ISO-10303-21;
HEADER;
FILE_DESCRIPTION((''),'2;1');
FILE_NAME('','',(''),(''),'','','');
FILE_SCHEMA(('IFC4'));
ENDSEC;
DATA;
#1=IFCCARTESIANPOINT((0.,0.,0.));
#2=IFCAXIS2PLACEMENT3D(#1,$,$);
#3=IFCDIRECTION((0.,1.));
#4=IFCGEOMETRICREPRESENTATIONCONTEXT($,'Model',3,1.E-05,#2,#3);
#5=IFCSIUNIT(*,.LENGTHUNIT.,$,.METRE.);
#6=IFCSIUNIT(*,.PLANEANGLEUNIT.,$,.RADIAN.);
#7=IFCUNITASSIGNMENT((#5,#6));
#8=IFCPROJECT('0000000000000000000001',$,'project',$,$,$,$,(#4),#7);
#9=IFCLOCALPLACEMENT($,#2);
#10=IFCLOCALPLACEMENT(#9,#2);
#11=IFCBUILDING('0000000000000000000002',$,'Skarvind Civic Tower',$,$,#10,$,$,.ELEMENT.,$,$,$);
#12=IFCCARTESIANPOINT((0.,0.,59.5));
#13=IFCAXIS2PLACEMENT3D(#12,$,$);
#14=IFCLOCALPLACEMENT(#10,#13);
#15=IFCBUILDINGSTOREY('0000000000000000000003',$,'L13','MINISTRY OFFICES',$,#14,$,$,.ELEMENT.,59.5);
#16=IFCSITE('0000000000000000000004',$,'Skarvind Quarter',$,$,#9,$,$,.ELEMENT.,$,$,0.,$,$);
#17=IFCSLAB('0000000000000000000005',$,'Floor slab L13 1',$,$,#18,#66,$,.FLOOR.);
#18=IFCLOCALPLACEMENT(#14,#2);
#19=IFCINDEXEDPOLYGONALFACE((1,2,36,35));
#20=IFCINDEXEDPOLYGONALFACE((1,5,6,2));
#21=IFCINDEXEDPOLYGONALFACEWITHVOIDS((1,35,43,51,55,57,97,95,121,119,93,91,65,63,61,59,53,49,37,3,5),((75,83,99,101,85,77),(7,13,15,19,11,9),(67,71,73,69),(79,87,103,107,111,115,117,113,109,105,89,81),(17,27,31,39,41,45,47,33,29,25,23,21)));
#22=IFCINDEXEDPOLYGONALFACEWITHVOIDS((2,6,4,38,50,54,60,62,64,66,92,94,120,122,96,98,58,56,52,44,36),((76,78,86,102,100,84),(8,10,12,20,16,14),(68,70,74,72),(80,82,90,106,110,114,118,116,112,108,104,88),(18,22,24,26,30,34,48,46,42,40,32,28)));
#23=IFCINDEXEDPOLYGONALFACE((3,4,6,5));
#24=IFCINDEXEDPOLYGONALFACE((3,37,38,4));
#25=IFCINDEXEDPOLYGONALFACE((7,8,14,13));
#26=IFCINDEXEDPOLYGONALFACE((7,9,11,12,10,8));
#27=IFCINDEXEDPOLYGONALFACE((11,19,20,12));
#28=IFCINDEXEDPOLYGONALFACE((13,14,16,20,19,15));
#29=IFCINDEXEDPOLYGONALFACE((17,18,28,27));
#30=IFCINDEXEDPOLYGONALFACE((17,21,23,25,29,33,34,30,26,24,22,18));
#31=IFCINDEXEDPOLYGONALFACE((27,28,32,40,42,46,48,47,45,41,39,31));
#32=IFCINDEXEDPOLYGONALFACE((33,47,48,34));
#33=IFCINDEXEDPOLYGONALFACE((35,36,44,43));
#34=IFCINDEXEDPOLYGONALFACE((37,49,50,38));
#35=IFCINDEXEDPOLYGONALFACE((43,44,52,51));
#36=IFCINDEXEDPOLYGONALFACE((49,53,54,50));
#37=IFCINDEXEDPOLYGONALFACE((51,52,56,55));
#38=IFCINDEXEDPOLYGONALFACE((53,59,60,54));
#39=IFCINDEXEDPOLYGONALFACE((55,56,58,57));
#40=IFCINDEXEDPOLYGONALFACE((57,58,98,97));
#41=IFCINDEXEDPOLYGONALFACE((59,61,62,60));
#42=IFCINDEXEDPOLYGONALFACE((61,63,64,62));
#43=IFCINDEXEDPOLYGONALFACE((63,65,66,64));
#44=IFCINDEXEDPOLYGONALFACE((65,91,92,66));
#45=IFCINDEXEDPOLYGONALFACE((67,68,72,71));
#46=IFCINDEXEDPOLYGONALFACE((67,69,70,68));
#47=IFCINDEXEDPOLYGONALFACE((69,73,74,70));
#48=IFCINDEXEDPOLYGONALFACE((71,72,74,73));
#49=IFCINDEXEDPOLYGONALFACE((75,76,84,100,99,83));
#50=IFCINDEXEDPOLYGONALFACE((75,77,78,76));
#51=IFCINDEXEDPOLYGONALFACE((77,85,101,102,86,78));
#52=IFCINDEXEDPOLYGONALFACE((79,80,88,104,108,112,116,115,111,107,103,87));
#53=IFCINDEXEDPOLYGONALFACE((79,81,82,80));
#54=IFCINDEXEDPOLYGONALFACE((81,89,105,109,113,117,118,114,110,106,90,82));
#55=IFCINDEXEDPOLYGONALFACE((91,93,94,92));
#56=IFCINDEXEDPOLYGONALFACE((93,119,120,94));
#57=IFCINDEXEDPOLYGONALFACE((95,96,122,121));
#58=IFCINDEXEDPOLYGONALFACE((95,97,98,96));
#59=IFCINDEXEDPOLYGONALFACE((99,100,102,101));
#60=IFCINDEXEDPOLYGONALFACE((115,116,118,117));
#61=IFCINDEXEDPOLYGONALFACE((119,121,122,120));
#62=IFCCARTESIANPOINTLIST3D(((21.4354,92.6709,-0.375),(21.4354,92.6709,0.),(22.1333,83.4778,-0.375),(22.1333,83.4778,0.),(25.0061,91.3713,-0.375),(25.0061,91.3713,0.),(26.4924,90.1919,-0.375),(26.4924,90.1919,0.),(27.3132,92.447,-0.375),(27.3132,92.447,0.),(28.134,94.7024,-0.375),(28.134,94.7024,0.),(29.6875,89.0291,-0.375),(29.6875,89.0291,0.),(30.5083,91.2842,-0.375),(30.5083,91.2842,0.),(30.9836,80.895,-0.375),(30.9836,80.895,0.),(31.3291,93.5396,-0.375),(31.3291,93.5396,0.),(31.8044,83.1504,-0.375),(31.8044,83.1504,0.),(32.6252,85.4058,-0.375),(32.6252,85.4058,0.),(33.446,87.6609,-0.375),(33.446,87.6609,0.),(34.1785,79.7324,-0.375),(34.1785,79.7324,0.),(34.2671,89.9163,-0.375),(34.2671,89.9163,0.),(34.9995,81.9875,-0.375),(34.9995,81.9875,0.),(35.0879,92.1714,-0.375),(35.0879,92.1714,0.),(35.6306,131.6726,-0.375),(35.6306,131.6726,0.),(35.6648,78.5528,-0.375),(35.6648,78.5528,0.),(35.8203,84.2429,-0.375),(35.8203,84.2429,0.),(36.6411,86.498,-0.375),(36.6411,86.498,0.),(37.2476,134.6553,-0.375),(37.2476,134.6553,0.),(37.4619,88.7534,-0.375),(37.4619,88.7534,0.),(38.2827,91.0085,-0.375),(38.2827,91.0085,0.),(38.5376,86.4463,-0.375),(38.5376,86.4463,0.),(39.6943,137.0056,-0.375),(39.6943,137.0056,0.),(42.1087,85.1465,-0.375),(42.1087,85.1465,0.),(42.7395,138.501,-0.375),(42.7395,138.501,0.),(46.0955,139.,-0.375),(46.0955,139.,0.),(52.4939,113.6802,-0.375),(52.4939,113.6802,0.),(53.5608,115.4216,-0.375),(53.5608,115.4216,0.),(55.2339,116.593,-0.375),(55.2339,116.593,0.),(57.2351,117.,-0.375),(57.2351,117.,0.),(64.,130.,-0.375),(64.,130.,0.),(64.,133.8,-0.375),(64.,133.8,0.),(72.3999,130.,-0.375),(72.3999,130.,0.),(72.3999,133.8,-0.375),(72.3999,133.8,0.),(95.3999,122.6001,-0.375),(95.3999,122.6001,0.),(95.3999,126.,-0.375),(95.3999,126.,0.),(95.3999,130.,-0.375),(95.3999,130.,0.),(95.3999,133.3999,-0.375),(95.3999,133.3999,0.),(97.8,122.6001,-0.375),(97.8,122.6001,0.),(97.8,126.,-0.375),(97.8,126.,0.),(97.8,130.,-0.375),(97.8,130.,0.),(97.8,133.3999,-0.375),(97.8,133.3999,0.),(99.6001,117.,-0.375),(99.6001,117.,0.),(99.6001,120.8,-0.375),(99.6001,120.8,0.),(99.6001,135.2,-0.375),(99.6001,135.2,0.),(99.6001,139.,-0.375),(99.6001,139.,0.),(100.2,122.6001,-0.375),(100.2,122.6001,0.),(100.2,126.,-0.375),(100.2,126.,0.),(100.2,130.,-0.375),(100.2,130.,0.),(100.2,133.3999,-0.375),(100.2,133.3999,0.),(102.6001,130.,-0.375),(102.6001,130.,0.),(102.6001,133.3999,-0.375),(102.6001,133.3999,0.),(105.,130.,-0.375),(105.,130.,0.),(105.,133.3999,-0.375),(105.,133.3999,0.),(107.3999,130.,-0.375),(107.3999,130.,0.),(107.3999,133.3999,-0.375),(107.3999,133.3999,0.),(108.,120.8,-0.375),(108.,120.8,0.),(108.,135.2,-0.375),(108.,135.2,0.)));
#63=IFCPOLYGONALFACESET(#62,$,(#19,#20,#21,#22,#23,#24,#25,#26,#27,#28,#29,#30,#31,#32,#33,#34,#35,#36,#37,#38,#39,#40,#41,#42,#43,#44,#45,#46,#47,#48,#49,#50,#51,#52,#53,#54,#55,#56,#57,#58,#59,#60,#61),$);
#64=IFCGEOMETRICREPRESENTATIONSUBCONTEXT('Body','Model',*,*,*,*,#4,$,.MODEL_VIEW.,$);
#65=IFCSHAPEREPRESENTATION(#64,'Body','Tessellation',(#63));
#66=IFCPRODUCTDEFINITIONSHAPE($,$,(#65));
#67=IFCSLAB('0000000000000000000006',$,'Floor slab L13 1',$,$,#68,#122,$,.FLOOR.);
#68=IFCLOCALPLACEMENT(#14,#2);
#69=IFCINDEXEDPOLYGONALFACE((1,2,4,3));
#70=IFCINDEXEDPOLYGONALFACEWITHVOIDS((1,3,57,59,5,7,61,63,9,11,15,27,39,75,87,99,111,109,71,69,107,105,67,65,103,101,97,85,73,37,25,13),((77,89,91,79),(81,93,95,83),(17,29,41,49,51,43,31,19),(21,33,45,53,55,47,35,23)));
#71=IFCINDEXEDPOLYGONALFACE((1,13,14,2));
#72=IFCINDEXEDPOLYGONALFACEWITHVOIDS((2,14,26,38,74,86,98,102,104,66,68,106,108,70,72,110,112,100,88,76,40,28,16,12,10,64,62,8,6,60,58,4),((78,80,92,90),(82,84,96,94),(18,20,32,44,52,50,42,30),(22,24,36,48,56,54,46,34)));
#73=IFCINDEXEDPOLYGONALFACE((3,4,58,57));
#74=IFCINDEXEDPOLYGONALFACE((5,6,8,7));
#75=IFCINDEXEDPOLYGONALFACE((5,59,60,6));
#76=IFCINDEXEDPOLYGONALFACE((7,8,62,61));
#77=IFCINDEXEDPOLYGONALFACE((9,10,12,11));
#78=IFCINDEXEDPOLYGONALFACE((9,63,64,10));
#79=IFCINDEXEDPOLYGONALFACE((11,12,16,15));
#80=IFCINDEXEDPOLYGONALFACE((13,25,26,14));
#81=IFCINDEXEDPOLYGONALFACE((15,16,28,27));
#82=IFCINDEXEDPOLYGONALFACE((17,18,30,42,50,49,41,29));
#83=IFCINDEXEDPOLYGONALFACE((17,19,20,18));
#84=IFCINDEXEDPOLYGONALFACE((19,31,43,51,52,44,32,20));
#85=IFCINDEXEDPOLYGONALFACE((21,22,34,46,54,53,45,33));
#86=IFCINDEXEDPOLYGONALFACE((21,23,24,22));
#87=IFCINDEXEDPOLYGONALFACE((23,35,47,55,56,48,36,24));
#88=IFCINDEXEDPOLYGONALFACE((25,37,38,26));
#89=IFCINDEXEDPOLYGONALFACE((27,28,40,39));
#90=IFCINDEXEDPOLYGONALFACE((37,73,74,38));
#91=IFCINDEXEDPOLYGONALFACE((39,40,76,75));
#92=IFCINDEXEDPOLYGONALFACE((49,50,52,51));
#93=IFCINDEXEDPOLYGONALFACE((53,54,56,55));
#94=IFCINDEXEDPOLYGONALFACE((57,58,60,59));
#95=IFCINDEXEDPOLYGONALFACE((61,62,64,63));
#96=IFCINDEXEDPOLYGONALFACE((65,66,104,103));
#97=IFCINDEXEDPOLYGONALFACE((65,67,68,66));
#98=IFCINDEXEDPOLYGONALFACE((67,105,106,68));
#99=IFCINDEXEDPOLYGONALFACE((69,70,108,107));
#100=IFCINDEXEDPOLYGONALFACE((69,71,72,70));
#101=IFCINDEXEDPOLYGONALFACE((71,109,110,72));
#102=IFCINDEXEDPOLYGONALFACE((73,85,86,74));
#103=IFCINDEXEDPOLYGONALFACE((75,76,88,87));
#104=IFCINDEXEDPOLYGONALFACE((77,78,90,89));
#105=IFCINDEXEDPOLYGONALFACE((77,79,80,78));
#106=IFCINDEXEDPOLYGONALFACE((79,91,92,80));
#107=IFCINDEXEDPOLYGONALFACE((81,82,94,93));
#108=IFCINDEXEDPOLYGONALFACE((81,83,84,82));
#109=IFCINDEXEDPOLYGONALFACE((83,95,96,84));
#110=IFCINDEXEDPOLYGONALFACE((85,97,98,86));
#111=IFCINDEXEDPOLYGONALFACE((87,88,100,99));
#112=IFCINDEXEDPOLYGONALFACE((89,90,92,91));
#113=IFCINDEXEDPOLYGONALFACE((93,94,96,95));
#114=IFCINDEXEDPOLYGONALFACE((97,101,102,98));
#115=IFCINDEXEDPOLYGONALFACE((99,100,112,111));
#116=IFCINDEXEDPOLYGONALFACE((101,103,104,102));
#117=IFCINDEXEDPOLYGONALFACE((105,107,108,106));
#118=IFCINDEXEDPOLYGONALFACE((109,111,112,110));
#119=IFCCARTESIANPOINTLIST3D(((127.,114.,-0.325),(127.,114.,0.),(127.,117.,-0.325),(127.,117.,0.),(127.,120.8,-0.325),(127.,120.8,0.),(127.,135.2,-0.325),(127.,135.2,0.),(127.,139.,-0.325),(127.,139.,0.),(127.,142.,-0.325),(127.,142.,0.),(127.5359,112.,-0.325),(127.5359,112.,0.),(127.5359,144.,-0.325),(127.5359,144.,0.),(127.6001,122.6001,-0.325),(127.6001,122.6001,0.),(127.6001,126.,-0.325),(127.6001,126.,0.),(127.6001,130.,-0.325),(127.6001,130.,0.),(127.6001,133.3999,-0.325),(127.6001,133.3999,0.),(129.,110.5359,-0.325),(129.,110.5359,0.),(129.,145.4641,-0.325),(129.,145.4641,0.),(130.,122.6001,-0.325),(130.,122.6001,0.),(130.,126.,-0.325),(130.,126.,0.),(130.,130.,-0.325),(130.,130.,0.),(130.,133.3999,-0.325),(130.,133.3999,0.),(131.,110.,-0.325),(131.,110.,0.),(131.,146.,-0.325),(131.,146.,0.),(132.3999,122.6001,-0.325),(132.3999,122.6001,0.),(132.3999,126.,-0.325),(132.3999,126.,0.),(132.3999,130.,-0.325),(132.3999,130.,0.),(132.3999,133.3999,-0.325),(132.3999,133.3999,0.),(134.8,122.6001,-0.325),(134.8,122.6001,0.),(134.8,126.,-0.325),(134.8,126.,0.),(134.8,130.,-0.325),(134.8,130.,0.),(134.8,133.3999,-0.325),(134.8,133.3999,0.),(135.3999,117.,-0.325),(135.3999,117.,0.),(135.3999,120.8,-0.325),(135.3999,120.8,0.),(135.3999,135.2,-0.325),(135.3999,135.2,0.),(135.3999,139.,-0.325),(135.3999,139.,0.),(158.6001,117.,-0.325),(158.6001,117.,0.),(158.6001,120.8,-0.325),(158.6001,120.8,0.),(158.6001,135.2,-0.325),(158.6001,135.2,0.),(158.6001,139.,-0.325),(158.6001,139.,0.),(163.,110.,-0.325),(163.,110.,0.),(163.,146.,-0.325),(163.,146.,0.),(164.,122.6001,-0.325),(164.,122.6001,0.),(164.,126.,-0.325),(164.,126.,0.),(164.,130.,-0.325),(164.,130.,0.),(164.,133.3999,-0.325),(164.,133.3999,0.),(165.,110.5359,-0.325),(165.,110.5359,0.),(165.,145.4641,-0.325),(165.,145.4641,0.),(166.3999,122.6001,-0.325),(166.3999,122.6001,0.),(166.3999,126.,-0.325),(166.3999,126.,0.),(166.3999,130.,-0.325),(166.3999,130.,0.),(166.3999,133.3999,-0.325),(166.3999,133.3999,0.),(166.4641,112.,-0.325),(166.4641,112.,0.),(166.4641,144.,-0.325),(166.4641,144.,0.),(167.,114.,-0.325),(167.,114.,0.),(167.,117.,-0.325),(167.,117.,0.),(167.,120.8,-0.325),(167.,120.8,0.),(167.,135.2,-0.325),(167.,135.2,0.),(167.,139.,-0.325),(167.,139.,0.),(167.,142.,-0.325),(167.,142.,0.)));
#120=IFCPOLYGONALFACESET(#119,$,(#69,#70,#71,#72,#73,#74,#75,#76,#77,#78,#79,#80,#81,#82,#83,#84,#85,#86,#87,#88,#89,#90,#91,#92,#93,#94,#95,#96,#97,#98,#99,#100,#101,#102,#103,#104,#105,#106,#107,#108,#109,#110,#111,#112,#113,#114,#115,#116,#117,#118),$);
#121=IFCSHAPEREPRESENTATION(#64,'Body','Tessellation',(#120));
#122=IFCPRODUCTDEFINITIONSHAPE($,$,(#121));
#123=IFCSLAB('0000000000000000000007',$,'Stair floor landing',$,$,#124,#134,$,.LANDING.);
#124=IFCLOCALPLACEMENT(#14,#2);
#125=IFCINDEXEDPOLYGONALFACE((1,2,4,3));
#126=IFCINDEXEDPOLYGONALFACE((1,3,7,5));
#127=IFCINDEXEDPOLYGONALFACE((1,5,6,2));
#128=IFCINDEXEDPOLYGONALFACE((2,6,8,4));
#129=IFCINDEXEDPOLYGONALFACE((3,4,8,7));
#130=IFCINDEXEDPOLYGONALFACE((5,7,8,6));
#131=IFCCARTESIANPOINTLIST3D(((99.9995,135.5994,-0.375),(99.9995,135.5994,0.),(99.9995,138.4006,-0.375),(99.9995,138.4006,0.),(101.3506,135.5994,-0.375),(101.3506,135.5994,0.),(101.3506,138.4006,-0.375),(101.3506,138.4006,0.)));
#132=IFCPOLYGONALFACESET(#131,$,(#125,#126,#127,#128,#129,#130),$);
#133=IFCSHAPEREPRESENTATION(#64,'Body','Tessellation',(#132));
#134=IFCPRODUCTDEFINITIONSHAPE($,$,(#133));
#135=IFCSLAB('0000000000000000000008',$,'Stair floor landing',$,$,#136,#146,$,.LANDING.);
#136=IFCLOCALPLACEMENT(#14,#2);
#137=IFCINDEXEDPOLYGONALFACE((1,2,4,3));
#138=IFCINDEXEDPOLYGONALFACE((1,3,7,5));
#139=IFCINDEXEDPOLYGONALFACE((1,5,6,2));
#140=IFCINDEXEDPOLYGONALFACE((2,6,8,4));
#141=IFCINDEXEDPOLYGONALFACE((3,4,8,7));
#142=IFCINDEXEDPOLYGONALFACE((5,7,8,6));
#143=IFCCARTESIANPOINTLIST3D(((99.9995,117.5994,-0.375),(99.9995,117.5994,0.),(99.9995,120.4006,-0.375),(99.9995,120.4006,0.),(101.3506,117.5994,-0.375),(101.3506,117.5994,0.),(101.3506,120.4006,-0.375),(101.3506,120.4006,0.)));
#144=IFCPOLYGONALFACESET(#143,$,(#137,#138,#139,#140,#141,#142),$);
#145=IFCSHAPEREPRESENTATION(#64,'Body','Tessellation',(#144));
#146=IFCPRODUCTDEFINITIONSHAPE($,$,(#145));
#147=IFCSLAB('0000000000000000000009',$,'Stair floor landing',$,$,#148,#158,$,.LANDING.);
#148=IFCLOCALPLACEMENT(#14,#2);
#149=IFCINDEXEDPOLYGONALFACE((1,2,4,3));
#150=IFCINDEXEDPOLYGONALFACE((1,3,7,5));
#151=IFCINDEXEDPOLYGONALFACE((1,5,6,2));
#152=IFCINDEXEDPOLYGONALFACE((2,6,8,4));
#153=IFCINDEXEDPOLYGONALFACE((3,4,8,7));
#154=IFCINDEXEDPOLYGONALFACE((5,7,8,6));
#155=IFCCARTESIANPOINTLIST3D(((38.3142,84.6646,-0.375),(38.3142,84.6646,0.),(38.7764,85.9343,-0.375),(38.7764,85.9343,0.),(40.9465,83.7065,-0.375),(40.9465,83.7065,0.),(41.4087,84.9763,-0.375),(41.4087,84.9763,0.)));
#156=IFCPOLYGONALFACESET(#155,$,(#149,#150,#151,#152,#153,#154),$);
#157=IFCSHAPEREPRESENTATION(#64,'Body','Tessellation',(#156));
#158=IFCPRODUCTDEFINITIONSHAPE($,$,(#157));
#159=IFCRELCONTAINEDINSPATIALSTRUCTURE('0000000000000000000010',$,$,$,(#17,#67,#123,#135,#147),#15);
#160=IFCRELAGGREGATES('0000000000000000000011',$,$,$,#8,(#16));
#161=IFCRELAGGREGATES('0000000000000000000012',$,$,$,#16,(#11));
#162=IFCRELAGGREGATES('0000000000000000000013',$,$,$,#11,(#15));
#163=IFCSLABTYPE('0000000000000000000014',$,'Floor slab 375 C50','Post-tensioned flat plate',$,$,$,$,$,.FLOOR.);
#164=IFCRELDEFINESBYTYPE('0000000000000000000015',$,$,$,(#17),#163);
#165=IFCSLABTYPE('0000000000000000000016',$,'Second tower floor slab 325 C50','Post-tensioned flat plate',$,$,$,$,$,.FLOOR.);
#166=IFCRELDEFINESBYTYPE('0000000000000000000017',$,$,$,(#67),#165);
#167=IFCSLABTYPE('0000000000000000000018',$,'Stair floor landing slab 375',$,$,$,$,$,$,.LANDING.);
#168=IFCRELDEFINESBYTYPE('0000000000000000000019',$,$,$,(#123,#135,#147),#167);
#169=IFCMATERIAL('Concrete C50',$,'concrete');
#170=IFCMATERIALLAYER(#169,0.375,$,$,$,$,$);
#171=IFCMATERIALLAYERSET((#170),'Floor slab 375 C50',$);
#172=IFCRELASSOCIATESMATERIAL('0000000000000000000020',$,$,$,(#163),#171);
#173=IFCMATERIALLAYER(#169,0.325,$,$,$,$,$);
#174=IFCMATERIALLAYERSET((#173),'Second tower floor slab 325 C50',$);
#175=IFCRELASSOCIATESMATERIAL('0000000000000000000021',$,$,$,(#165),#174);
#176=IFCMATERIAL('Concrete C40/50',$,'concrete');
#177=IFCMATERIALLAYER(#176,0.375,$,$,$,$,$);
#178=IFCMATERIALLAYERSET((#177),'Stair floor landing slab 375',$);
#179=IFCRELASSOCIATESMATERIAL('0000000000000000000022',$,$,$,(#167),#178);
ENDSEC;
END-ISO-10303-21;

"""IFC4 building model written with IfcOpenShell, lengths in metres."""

from ifc_helpers import new_model, si_unit, direction, frame, origin, place, context, subcontext, project, spatial, polyline, outline, extrude, material, layer, layer_set, type_object, element, save


model = new_model("IFC4")

# Units and contexts
model_context = context("Model", 3, precision=1e-05, world=origin(), true_north=direction((0.0, 1.0)))
body_context = subcontext(model_context, "Body", "Model", "MODEL_VIEW")
ifc_project = project(units=[si_unit("LENGTHUNIT", "METRE"), si_unit("PLANEANGLEUNIT", "RADIAN")], contexts=[model_context])

# Site, building, storey
site_placement = place(None, origin())
site = spatial("IfcSite", under=ifc_project, at=site_placement, Name="Skarvind Quarter", CompositionType="ELEMENT", RefElevation=0.0)
building_placement = place(site_placement, origin())
building = spatial("IfcBuilding", under=site, at=building_placement, Name="Skarvind Civic Tower", CompositionType="ELEMENT")
storey_placement = place(building_placement, frame((0.0, 0.0, 59.5)))
storey = spatial("IfcBuildingStorey", under=building, at=storey_placement, Name="L13", Description="MINISTRY OFFICES", CompositionType="ELEMENT", Elevation=59.5)

# Slabs
ifc_material_1 = material(Name="Concrete C50", Category="concrete")
ifc_layer_1 = layer(ifc_material_1, 0.375)
ifc_layer_set_1 = layer_set([ifc_layer_1], Name="Floor slab 375 C50")
slab_type_1 = type_object("IfcSlabType", Name="Floor slab 375 C50", Description="Post-tensioned flat plate", PredefinedType="FLOOR", material=ifc_layer_set_1)
slab_1_placement = place(storey_placement, frame((0.0, 0.0, -0.375)))
element("IfcSlab", 1, at=slab_1_placement, inside=storey, type_object=slab_type_1, Name="Floor slab L13 1", PredefinedType="FLOOR", context=body_context, shape_type="SweptSolid", body=[
    extrude(outline(polyline([(99.6001, 117.0), (99.6001, 120.8), (108.0, 120.8), (108.0, 135.2), (99.6001, 135.2), (99.6001, 139.0), (46.0955, 139.0), (42.7395, 138.501), (39.6943, 137.0056), (37.2476, 134.6553), (35.6306, 131.6726), (19.4175, 87.1267), (21.4353, 92.6709), (25.0061, 91.3713), (22.1333, 83.4778), (36.8865, 78.1082), (35.6648, 78.5527), (38.5376, 86.4463), (42.1086, 85.1465), (40.0908, 79.6023), (40.0908, 79.6023), (52.4939, 113.6802), (53.5608, 115.4216), (55.2339, 116.593), (57.2351, 117.0), (99.6001, 117.0)]), holes=[polyline([(32.6252, 85.4058), (33.446, 87.6609), (34.2671, 89.9163), (35.0879, 92.1714), (38.2827, 91.0085), (37.4619, 88.7534), (36.6411, 86.498), (35.8203, 84.2429), (35.8203, 84.2429), (34.9995, 81.9875), (34.1785, 79.7324), (30.9836, 80.895), (31.8044, 83.1504), (32.6252, 85.4058), (32.6252, 85.4058)]), polyline([(31.3291, 93.5396), (30.5083, 91.2842), (29.6875, 89.0291), (26.4924, 90.1919), (27.3132, 92.447), (28.134, 94.7024), (31.3291, 93.5396)]), polyline([(64.0, 130.0), (64.0, 133.8), (72.3999, 133.8), (72.3999, 130.0), (64.0, 130.0)]), polyline([(100.2, 126.0), (100.2, 122.6001), (97.8, 122.6001), (95.3999, 122.6001), (95.3999, 126.0), (97.8, 126.0), (100.2, 126.0)]), polyline([(100.2, 133.3999), (102.6001, 133.3999), (105.0, 133.3999), (107.3999, 133.3999), (107.3999, 130.0), (105.0, 130.0), (102.6001, 130.0), (100.2, 130.0), (97.8, 130.0), (95.3999, 130.0), (95.3999, 133.3999), (97.8, 133.3999), (100.2, 133.3999)])]), origin(), (0.0, 0.0, 1.0), 0.375),
])
ifc_layer_2 = layer(ifc_material_1, 0.325)
ifc_layer_set_2 = layer_set([ifc_layer_2], Name="Second tower floor slab 325 C50")
slab_type_2 = type_object("IfcSlabType", Name="Second tower floor slab 325 C50", Description="Post-tensioned flat plate", PredefinedType="FLOOR", material=ifc_layer_set_2)
slab_2_placement = place(storey_placement, frame((0.0, 0.0, -0.325)))
element("IfcSlab", 2, at=slab_2_placement, inside=storey, type_object=slab_type_2, Name="Floor slab L13 1", PredefinedType="FLOOR", context=body_context, shape_type="SweptSolid", body=[
    extrude(outline(polyline([(127.0, 139.0), (135.3999, 139.0), (135.3999, 135.2), (127.0, 135.2), (127.0, 120.8), (135.3999, 120.8), (135.3999, 117.0), (127.0, 117.0), (127.0, 114.0), (127.5359, 112.0), (129.0, 110.5359), (131.0, 110.0), (163.0, 110.0), (165.0, 110.5359), (166.4641, 112.0), (167.0, 114.0), (167.0, 117.0), (158.6001, 117.0), (158.6001, 120.8), (167.0, 120.8), (167.0, 135.2), (158.6001, 135.2), (158.6001, 139.0), (167.0, 139.0), (167.0, 142.0), (166.4641, 144.0), (165.0, 145.4641), (163.0, 146.0), (131.0, 146.0), (129.0, 145.4641), (127.5359, 144.0), (127.0, 142.0), (127.0, 139.0)]), holes=[polyline([(132.3999, 126.0), (134.8, 126.0), (134.8, 122.6001), (132.3999, 122.6001), (130.0, 122.6001), (127.6001, 122.6001), (127.6001, 126.0), (130.0, 126.0), (132.3999, 126.0)]), polyline([(130.0, 133.3999), (132.3999, 133.3999), (134.8, 133.3999), (134.8, 130.0), (132.3999, 130.0), (130.0, 130.0), (127.6001, 130.0), (127.6001, 133.3999), (130.0, 133.3999)]), polyline([(166.3999, 126.0), (166.3999, 122.6001), (164.0, 122.6001), (164.0, 126.0), (166.3999, 126.0)]), polyline([(166.3999, 133.3999), (166.3999, 130.0), (164.0, 130.0), (164.0, 133.3999), (166.3999, 133.3999)])]), origin(), (0.0, 0.0, 1.0), 0.325),
])
ifc_material_2 = material(Name="Concrete C40/50", Category="concrete")
ifc_layer_3 = layer(ifc_material_2, 0.375)
ifc_layer_set_3 = layer_set([ifc_layer_3], Name="Stair floor landing slab 375")
slab_type_3 = type_object("IfcSlabType", Name="Stair floor landing slab 375", PredefinedType="LANDING", material=ifc_layer_set_3)
slab_3_placement = place(storey_placement, frame((0.0, 0.0, -0.375)))
element("IfcSlab", 3, at=slab_3_placement, inside=storey, type_object=slab_type_3, Name="Stair floor landing", PredefinedType="LANDING", context=body_context, shape_type="SweptSolid", body=[
    extrude(outline(polyline([(101.3506, 138.4006), (101.3506, 135.5994), (99.9995, 135.5994), (99.9995, 138.4006), (101.3506, 138.4006)])), origin(), (0.0, 0.0, 1.0), 0.375),
])
slab_4_placement = place(storey_placement, frame((0.0, 0.0, -0.375)))
element("IfcSlab", 4, at=slab_4_placement, inside=storey, type_object=slab_type_3, Name="Stair floor landing", PredefinedType="LANDING", context=body_context, shape_type="SweptSolid", body=[
    extrude(outline(polyline([(101.3506, 120.4006), (101.3506, 117.5994), (99.9995, 117.5994), (99.9995, 120.4006), (101.3506, 120.4006)])), origin(), (0.0, 0.0, 1.0), 0.375),
])
slab_5_placement = place(storey_placement, frame((0.0, 0.0, -0.375)))
element("IfcSlab", 5, at=slab_5_placement, inside=storey, type_object=slab_type_3, Name="Stair floor landing", PredefinedType="LANDING", context=body_context, shape_type="SweptSolid", body=[
    extrude(outline(polyline([(40.9465, 83.7065), (38.3142, 84.6646), (38.7764, 85.9343), (41.4087, 84.9763), (40.9465, 83.7065)])), origin(), (0.0, 0.0, 1.0), 0.375),
])

save(model, "model.ifc")
